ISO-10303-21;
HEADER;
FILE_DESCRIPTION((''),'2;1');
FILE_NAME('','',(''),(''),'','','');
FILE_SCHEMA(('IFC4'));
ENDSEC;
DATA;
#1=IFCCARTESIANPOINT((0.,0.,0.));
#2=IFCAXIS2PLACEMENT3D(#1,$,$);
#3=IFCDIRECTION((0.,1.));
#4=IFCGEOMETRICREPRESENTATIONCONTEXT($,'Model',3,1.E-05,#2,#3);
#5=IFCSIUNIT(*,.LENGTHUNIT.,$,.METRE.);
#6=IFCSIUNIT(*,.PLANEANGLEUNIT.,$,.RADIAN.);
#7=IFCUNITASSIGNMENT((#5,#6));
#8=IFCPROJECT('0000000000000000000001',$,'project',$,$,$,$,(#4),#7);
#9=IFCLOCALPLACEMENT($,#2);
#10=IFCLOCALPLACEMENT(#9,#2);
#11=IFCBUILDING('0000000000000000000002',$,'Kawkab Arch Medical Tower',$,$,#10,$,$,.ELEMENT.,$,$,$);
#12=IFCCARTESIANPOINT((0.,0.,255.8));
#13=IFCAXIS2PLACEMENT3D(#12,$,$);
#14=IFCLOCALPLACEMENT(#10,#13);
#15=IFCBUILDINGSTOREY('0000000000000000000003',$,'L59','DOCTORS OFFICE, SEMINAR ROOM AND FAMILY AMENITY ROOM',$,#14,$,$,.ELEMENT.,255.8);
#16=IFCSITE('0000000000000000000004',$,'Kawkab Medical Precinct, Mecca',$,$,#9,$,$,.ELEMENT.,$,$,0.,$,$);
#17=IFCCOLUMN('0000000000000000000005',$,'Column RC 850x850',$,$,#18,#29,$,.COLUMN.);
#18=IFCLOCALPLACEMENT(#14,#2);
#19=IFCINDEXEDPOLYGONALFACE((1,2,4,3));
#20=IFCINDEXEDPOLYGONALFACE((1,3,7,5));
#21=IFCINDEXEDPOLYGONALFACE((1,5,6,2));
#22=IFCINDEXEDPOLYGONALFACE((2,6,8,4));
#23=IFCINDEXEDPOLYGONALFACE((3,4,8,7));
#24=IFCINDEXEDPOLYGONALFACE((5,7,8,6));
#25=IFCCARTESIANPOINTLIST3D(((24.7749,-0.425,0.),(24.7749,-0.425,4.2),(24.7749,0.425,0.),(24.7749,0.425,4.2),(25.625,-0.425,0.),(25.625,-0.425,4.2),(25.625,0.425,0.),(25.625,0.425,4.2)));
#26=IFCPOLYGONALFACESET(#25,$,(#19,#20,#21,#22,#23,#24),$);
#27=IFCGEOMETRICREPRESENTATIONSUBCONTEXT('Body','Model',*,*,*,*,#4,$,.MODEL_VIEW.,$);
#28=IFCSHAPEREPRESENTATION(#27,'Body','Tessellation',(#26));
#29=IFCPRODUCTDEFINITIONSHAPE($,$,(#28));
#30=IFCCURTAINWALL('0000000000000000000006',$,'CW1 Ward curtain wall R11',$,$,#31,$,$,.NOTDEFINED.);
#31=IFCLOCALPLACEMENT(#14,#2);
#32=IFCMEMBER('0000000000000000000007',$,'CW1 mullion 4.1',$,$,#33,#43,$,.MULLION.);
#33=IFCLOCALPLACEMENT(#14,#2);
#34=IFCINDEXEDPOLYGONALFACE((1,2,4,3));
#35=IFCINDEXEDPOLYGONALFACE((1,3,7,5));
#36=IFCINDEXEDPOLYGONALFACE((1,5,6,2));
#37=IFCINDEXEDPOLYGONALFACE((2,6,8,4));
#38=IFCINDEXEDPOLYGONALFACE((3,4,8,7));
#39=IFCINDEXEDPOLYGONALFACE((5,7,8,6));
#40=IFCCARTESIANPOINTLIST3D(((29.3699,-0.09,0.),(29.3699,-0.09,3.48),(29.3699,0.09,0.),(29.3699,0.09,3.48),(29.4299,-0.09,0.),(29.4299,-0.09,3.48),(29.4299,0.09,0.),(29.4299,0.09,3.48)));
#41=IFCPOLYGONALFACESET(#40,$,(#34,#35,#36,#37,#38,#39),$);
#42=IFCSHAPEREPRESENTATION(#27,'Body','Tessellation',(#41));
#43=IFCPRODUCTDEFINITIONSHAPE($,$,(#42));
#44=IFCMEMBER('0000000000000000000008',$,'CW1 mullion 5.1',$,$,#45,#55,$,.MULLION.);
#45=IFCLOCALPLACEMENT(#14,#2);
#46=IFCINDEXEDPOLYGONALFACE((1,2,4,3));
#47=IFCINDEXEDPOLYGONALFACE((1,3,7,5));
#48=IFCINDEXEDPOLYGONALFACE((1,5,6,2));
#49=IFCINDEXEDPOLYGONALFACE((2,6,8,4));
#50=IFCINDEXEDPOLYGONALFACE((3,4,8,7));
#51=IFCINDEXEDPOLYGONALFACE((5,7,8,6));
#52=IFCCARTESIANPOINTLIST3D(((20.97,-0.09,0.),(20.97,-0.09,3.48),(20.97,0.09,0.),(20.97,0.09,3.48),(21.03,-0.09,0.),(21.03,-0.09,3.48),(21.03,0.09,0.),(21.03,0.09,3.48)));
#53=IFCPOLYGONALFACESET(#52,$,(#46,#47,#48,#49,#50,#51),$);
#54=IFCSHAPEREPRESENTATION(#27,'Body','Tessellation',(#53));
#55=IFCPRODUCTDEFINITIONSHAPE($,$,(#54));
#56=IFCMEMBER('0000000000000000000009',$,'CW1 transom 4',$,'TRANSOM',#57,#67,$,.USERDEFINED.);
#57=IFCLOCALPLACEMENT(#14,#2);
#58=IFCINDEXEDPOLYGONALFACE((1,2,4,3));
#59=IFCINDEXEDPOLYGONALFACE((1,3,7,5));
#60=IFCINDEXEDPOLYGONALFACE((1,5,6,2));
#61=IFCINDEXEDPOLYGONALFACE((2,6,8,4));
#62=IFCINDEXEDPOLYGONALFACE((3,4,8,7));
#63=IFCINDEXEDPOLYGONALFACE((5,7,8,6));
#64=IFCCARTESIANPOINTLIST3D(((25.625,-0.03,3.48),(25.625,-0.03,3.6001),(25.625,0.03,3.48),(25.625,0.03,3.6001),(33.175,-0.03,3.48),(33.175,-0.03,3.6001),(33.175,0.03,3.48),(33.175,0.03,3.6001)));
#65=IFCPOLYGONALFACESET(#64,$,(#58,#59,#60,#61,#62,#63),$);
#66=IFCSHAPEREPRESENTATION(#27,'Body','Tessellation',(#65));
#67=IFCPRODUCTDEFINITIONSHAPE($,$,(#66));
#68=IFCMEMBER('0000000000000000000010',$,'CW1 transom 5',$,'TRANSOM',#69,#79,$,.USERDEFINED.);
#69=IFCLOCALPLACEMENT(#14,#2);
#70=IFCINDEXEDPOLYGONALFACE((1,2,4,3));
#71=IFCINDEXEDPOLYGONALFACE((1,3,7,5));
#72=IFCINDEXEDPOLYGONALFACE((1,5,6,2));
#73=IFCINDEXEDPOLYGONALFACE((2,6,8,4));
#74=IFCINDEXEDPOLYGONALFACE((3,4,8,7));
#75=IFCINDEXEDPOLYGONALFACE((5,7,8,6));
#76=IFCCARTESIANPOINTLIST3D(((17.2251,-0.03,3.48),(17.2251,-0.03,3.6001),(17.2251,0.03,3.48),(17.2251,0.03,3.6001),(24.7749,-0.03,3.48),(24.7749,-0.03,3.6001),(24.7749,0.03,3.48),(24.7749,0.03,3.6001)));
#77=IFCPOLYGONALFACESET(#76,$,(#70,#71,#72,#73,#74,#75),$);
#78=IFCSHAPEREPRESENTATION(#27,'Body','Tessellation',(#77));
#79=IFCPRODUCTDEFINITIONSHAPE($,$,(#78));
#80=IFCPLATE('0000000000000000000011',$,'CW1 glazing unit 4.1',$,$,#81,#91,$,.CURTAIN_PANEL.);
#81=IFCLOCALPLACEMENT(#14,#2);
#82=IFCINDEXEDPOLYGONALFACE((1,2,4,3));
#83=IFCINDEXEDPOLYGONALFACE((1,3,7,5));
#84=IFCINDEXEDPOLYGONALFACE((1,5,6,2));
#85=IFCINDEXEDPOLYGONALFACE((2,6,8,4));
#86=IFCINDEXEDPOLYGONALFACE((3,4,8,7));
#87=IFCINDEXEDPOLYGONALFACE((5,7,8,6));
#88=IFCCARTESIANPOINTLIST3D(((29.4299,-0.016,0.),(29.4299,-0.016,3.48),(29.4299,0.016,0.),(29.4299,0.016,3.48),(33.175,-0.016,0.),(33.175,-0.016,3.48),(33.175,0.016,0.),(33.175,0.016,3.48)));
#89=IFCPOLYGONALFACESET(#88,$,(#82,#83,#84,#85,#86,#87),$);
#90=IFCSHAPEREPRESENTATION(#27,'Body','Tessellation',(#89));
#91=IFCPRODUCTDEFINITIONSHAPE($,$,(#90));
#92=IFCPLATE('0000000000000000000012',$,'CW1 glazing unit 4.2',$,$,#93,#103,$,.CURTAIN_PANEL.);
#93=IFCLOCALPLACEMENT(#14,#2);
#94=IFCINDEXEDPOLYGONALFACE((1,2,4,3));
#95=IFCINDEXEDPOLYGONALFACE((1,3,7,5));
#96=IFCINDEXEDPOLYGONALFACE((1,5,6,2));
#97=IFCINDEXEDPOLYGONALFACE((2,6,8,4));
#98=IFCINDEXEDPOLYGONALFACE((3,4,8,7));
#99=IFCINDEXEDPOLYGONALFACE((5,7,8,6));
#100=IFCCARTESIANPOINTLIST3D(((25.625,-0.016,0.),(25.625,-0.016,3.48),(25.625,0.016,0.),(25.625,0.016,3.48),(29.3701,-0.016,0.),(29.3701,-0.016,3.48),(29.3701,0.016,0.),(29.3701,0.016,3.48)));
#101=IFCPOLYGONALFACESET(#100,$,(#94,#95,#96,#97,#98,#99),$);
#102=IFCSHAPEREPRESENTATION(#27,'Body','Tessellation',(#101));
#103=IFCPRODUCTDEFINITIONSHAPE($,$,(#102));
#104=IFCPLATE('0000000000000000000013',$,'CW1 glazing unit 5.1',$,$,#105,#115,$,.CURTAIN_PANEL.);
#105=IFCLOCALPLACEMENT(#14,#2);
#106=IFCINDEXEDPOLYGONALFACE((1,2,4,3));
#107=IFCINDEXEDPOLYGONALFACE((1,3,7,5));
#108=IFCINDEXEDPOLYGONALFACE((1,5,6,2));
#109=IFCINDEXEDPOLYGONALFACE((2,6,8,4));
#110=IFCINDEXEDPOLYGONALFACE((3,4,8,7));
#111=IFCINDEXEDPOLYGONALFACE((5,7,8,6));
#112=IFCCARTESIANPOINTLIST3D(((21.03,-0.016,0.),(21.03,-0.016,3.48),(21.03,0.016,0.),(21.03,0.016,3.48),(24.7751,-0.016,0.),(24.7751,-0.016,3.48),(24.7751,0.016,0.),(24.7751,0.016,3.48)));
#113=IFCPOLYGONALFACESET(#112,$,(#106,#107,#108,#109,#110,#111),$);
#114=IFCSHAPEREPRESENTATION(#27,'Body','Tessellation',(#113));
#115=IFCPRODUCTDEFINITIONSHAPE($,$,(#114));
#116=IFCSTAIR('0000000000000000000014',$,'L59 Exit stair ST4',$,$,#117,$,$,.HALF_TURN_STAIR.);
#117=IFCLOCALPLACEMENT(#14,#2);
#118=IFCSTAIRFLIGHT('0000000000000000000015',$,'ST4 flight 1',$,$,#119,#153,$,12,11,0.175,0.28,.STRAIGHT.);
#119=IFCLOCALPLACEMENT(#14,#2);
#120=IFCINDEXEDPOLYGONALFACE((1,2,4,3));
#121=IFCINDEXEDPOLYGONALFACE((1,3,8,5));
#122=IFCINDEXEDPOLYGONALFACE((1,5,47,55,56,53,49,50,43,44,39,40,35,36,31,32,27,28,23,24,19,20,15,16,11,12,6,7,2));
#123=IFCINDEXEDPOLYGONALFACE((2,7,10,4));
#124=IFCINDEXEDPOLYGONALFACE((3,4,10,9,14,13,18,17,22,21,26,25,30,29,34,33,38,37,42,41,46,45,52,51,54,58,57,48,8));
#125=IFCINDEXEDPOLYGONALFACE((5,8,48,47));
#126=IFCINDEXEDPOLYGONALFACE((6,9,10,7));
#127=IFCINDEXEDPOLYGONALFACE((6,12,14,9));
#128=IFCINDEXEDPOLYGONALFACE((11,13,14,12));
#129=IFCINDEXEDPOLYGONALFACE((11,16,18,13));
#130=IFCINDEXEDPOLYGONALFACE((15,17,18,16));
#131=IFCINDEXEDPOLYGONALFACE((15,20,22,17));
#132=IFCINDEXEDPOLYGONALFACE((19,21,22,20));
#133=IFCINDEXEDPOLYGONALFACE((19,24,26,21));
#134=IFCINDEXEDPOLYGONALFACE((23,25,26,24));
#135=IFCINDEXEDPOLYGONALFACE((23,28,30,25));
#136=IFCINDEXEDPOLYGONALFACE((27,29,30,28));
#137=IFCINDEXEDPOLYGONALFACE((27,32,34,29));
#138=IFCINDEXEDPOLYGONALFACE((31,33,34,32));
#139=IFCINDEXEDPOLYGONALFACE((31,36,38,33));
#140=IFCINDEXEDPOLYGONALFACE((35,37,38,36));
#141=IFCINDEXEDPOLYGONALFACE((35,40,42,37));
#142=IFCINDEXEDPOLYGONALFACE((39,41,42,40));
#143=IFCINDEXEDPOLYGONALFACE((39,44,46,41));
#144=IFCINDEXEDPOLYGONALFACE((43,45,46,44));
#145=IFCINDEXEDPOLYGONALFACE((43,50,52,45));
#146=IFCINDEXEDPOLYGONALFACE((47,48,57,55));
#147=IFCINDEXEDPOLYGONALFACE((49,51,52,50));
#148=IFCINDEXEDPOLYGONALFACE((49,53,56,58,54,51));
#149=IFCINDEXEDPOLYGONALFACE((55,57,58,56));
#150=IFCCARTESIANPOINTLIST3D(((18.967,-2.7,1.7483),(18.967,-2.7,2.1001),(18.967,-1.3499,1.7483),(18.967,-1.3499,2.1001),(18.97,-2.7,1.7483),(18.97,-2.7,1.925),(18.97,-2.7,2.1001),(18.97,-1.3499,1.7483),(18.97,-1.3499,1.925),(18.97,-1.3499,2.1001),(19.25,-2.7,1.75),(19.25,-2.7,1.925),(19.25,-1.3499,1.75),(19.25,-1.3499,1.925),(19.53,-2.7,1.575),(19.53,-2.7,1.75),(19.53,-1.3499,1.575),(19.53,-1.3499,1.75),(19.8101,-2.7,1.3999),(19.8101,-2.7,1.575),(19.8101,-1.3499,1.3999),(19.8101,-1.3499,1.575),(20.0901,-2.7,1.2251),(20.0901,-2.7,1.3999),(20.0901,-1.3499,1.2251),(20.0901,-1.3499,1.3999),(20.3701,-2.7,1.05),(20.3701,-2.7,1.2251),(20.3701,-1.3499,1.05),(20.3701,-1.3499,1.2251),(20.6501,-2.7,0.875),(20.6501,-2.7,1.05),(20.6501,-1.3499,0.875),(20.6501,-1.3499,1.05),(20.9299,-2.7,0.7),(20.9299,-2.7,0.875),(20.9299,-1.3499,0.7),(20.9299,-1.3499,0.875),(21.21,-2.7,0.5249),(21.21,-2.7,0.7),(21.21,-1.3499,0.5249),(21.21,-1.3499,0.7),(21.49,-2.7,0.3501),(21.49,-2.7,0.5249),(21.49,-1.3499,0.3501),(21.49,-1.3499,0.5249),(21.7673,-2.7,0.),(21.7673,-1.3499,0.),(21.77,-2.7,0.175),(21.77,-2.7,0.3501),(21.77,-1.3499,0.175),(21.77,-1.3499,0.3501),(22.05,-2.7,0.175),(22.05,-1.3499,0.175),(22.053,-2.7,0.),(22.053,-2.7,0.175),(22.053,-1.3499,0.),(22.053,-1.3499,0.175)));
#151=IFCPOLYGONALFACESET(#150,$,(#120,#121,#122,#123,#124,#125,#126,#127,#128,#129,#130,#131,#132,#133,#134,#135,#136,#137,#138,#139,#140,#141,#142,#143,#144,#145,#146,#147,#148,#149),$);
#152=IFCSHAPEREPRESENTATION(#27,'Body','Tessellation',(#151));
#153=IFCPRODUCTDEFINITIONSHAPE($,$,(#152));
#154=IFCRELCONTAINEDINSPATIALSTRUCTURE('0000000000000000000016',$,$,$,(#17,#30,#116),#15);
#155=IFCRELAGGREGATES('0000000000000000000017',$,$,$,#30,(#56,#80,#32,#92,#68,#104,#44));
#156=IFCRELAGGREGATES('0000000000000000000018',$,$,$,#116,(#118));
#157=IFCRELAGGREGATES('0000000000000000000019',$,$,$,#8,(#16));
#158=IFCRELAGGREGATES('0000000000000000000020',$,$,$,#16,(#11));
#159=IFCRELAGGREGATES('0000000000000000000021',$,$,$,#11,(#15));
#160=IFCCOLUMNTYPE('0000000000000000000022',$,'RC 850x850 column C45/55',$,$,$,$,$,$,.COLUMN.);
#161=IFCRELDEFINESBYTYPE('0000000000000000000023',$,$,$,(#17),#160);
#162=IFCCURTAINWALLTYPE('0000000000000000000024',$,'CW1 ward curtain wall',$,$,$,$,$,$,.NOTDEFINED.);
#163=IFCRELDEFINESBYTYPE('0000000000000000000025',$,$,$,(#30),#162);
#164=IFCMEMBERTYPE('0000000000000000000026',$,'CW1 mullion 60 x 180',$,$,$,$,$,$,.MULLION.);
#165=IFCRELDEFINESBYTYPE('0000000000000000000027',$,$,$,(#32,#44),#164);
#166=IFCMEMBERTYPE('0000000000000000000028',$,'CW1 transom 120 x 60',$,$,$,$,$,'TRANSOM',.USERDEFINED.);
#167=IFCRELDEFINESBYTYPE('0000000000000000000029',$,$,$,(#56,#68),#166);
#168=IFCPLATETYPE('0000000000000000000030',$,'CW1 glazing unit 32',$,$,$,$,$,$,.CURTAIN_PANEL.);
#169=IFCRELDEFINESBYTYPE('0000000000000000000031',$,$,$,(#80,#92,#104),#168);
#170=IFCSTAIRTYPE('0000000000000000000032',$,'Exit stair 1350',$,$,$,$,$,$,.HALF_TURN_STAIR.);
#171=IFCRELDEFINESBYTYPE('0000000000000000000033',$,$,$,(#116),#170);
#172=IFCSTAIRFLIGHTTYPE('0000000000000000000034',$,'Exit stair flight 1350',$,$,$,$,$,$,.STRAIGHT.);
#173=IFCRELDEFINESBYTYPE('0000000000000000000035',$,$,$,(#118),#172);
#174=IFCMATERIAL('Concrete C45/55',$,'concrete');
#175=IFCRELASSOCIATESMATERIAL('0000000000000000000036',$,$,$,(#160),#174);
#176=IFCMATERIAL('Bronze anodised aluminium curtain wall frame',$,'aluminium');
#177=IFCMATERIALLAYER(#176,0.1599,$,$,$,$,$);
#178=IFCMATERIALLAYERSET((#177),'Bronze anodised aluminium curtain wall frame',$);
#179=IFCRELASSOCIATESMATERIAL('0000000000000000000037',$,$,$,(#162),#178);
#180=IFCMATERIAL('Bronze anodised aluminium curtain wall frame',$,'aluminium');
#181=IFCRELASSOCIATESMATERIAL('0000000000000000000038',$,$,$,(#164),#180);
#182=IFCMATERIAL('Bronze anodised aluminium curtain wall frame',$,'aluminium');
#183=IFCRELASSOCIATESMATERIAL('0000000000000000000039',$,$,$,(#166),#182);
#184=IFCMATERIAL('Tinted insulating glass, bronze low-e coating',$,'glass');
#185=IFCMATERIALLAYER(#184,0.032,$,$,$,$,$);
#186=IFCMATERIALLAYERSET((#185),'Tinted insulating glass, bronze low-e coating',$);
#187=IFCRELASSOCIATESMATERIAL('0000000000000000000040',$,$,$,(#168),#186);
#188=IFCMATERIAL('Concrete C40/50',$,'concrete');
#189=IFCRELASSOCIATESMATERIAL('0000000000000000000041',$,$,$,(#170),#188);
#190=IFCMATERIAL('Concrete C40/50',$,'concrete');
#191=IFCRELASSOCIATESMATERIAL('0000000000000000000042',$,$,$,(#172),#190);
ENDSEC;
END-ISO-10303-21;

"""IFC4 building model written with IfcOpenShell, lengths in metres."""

from ifc_helpers import new_model, si_unit, direction, frame, origin, origin_2d, place, context, subcontext, project, spatial, polyline, rectangle, outline, extrude, material, layer, layer_set, material_profile, profile_set, type_object, element, aggregate, save


model = new_model("IFC4")

# Units and contexts
model_context = context("Model", 3, precision=1e-05, world=origin(), true_north=direction((0.0, 1.0)))
body_context = subcontext(model_context, "Body", "Model", "MODEL_VIEW")
ifc_project = project(units=[si_unit("LENGTHUNIT", "METRE"), si_unit("PLANEANGLEUNIT", "RADIAN")], contexts=[model_context])

# Site, building, storey
site_placement = place(None, origin())
site = spatial("IfcSite", under=ifc_project, at=site_placement, Name="Kawkab Medical Precinct, Mecca", CompositionType="ELEMENT", RefElevation=0.0)
building_placement = place(site_placement, origin())
building = spatial("IfcBuilding", under=site, at=building_placement, Name="Kawkab Arch Medical Tower", CompositionType="ELEMENT")
storey_placement = place(building_placement, frame((0.0, 0.0, 255.8)))
storey = spatial("IfcBuildingStorey", under=building, at=storey_placement, Name="L59", Description="DOCTORS OFFICE, SEMINAR ROOM AND FAMILY AMENITY ROOM", CompositionType="ELEMENT", Elevation=255.8)

# Column
ifc_material_1 = material(Name="Concrete C45/55", Category="concrete")
ifc_material_profile_1 = material_profile(ifc_material_1, rectangle(XDim=0.8501, YDim=0.8501, at=origin_2d()), Name="RC 850x850")
ifc_profile_set_1 = profile_set([ifc_material_profile_1], Name="Concrete C45/55")
column_type = type_object("IfcColumnType", Name="RC 850x850 column C45/55", PredefinedType="COLUMN", material=ifc_profile_set_1)
column_placement = place(storey_placement, frame((25.2, 0.0, 0.0), z_axis=(0.0, 0.0, 1.0), x_axis=(1.0, 0.0, 0.0)))
element("IfcColumn", 1, at=column_placement, inside=storey, type_object=column_type, Name="Column RC 850x850", PredefinedType="COLUMN", context=body_context, shape_type="SweptSolid", body=[
    extrude(rectangle(XDim=0.8501, YDim=0.8501, at=origin_2d()), origin(), (0.0, 0.0, 1.0), 4.2),
])

# Curtain wall, members, plates
ifc_material_2 = material(Name="Bronze anodised aluminium curtain wall frame", Category="aluminium")
ifc_layer_1 = layer(ifc_material_2, 0.1599)
ifc_layer_set_1 = layer_set([ifc_layer_1], Name="Bronze anodised aluminium curtain wall frame")
curtain_wall_type = type_object("IfcCurtainWallType", Name="CW1 ward curtain wall", PredefinedType="NOTDEFINED", material=ifc_layer_set_1)
placement = place(storey_placement, origin())
curtain_wall = element("IfcCurtainWall", 2, at=placement, inside=storey, type_object=curtain_wall_type, Name="CW1 Ward curtain wall R11", PredefinedType="NOTDEFINED")
ifc_material_3 = material(Name="Bronze anodised aluminium curtain wall frame", Category="aluminium")
ifc_material_profile_2 = material_profile(ifc_material_3, rectangle(XDim=0.1799, YDim=0.0601, at=origin_2d()), Name="AL 60x180")
ifc_profile_set_2 = profile_set([ifc_material_profile_2], Name="Bronze anodised aluminium curtain wall frame")
member_type_1 = type_object("IfcMemberType", Name="CW1 mullion 60 x 180", PredefinedType="MULLION", material=ifc_profile_set_2)
member_1_placement = place(storey_placement, frame((29.3999, 0.0, 0.0), z_axis=(0.0, 0.0, 1.0), x_axis=(0.0, -1.0, 0.0)))
member_1 = element("IfcMember", 3, at=member_1_placement, type_object=member_type_1, Name="CW1 mullion 4.1", PredefinedType="MULLION", context=body_context, shape_type="SweptSolid", body=[
    extrude(rectangle(XDim=0.1799, YDim=0.0601, at=origin_2d()), origin(), (0.0, 0.0, 1.0), 3.48),
])
member_2_placement = place(storey_placement, frame((21.0, 0.0, 0.0), z_axis=(0.0, 0.0, 1.0), x_axis=(0.0, -1.0, 0.0)))
member_2 = element("IfcMember", 4, at=member_2_placement, type_object=member_type_1, Name="CW1 mullion 5.1", PredefinedType="MULLION", context=body_context, shape_type="SweptSolid", body=[
    extrude(rectangle(XDim=0.1799, YDim=0.0601, at=origin_2d()), origin(), (0.0, 0.0, 1.0), 3.48),
])
ifc_material_4 = material(Name="Bronze anodised aluminium curtain wall frame", Category="aluminium")
ifc_material_profile_3 = material_profile(ifc_material_4, rectangle(XDim=0.0601, YDim=0.1201, at=origin_2d()), Name="AL 60x120")
ifc_profile_set_3 = profile_set([ifc_material_profile_3], Name="Bronze anodised aluminium curtain wall frame")
member_type_2 = type_object("IfcMemberType", Name="CW1 transom 120 x 60", ElementType="TRANSOM", PredefinedType="USERDEFINED", material=ifc_profile_set_3)
member_3_placement = place(storey_placement, frame((33.175, 0.0, 3.54), z_axis=(-1.0, 0.0, 0.0), x_axis=(0.0, -1.0, 0.0)))
member_3 = element("IfcMember", 5, at=member_3_placement, type_object=member_type_2, Name="CW1 transom 4", ObjectType="TRANSOM", PredefinedType="USERDEFINED", context=body_context, shape_type="SweptSolid", body=[
    extrude(rectangle(XDim=0.0601, YDim=0.1201, at=origin_2d()), origin(), (0.0, 0.0, 1.0), 7.55),
])
member_4_placement = place(storey_placement, frame((24.7749, 0.0, 3.54), z_axis=(-1.0, 0.0, 0.0), x_axis=(0.0, -1.0, 0.0)))
member_4 = element("IfcMember", 6, at=member_4_placement, type_object=member_type_2, Name="CW1 transom 5", ObjectType="TRANSOM", PredefinedType="USERDEFINED", context=body_context, shape_type="SweptSolid", body=[
    extrude(rectangle(XDim=0.0601, YDim=0.1201, at=origin_2d()), origin(), (0.0, 0.0, 1.0), 7.5498),
])
ifc_material_5 = material(Name="Tinted insulating glass, bronze low-e coating", Category="glass")
ifc_layer_2 = layer(ifc_material_5, 0.032)
ifc_layer_set_2 = layer_set([ifc_layer_2], Name="Tinted insulating glass, bronze low-e coating")
plate_type = type_object("IfcPlateType", Name="CW1 glazing unit 32", PredefinedType="CURTAIN_PANEL", material=ifc_layer_set_2)
plate_1_placement = place(storey_placement, frame((31.3025, 0.0, 0.0), z_axis=(0.0, 0.0, 1.0), x_axis=(-1.0, 0.0, 0.0)))
plate_1 = element("IfcPlate", 7, at=plate_1_placement, type_object=plate_type, Name="CW1 glazing unit 4.1", PredefinedType="CURTAIN_PANEL", context=body_context, shape_type="SweptSolid", body=[
    extrude(rectangle(XDim=3.7451, YDim=0.032, at=origin_2d()), origin(), (0.0, 0.0, 1.0), 3.48),
])
plate_2_placement = place(storey_placement, frame((27.4976, 0.0, 0.0), z_axis=(0.0, 0.0, 1.0), x_axis=(-1.0, 0.0, 0.0)))
plate_2 = element("IfcPlate", 8, at=plate_2_placement, type_object=plate_type, Name="CW1 glazing unit 4.2", PredefinedType="CURTAIN_PANEL", context=body_context, shape_type="SweptSolid", body=[
    extrude(rectangle(XDim=3.7451, YDim=0.032, at=origin_2d()), origin(), (0.0, 0.0, 1.0), 3.48),
])
plate_3_placement = place(storey_placement, frame((22.9026, 0.0, 0.0), z_axis=(0.0, 0.0, 1.0), x_axis=(-1.0, 0.0, 0.0)))
plate_3 = element("IfcPlate", 9, at=plate_3_placement, type_object=plate_type, Name="CW1 glazing unit 5.1", PredefinedType="CURTAIN_PANEL", context=body_context, shape_type="SweptSolid", body=[
    extrude(rectangle(XDim=3.7451, YDim=0.032, at=origin_2d()), origin(), (0.0, 0.0, 1.0), 3.48),
])
aggregate(curtain_wall, [member_3, plate_1, member_1, plate_2, member_4, plate_3, member_2])

# Stair, stair flight
ifc_material_6 = material(Name="Concrete C40/50", Category="concrete")
stair_type = type_object("IfcStairType", Name="Exit stair 1350", PredefinedType="HALF_TURN_STAIR", material=ifc_material_6)
stair = element("IfcStair", 10, at=placement, inside=storey, type_object=stair_type, Name="L59 Exit stair ST4", PredefinedType="HALF_TURN_STAIR")
ifc_material_7 = material(Name="Concrete C40/50", Category="concrete")
stair_flight_type = type_object("IfcStairFlightType", Name="Exit stair flight 1350", PredefinedType="STRAIGHT", material=ifc_material_7)
stair_flight_placement = place(storey_placement, frame((22.05, -2.0249, 0.0), z_axis=(0.0, 0.0, 1.0), x_axis=(-1.0, 0.0, 0.0)))
stair_flight = element("IfcStairFlight", 11, at=stair_flight_placement, type_object=stair_flight_type, Name="ST4 flight 1", NumberOfRisers=12, NumberOfTreads=11, PredefinedType="STRAIGHT", RiserHeight=0.175, TreadLength=0.28, context=body_context, shape_type="SweptSolid", body=[
    extrude(outline(polyline([(-0.0029, 0.0), (-0.0029, 0.175), (0.0, 0.175), (0.28, 0.175), (0.28, 0.3501), (0.5601, 0.3501), (0.5601, 0.5249), (0.8401, 0.5249), (0.8401, 0.7), (1.1201, 0.7), (1.1201, 0.875), (1.3999, 0.875), (1.3999, 1.05), (1.6799, 1.05), (1.6799, 1.2251), (1.96, 1.2251), (1.96, 1.3999), (2.24, 1.3999), (2.24, 1.575), (2.52, 1.575), (2.52, 1.75), (2.8, 1.75), (2.8, 1.925), (3.0801, 1.925), (3.0801, 2.1001), (3.083, 2.1001), (3.083, 1.7483), (3.0801, 1.7483), (0.2827, 0.0), (-0.0029, 0.0)])), frame((0.0, 0.675, 0.0), z_axis=(0.0, -1.0, 0.0), x_axis=(1.0, 0.0, 0.0)), (0.0, 0.0, 1.0), 1.3501),
])
aggregate(stair, [stair_flight])

save(model, "model.ifc")
